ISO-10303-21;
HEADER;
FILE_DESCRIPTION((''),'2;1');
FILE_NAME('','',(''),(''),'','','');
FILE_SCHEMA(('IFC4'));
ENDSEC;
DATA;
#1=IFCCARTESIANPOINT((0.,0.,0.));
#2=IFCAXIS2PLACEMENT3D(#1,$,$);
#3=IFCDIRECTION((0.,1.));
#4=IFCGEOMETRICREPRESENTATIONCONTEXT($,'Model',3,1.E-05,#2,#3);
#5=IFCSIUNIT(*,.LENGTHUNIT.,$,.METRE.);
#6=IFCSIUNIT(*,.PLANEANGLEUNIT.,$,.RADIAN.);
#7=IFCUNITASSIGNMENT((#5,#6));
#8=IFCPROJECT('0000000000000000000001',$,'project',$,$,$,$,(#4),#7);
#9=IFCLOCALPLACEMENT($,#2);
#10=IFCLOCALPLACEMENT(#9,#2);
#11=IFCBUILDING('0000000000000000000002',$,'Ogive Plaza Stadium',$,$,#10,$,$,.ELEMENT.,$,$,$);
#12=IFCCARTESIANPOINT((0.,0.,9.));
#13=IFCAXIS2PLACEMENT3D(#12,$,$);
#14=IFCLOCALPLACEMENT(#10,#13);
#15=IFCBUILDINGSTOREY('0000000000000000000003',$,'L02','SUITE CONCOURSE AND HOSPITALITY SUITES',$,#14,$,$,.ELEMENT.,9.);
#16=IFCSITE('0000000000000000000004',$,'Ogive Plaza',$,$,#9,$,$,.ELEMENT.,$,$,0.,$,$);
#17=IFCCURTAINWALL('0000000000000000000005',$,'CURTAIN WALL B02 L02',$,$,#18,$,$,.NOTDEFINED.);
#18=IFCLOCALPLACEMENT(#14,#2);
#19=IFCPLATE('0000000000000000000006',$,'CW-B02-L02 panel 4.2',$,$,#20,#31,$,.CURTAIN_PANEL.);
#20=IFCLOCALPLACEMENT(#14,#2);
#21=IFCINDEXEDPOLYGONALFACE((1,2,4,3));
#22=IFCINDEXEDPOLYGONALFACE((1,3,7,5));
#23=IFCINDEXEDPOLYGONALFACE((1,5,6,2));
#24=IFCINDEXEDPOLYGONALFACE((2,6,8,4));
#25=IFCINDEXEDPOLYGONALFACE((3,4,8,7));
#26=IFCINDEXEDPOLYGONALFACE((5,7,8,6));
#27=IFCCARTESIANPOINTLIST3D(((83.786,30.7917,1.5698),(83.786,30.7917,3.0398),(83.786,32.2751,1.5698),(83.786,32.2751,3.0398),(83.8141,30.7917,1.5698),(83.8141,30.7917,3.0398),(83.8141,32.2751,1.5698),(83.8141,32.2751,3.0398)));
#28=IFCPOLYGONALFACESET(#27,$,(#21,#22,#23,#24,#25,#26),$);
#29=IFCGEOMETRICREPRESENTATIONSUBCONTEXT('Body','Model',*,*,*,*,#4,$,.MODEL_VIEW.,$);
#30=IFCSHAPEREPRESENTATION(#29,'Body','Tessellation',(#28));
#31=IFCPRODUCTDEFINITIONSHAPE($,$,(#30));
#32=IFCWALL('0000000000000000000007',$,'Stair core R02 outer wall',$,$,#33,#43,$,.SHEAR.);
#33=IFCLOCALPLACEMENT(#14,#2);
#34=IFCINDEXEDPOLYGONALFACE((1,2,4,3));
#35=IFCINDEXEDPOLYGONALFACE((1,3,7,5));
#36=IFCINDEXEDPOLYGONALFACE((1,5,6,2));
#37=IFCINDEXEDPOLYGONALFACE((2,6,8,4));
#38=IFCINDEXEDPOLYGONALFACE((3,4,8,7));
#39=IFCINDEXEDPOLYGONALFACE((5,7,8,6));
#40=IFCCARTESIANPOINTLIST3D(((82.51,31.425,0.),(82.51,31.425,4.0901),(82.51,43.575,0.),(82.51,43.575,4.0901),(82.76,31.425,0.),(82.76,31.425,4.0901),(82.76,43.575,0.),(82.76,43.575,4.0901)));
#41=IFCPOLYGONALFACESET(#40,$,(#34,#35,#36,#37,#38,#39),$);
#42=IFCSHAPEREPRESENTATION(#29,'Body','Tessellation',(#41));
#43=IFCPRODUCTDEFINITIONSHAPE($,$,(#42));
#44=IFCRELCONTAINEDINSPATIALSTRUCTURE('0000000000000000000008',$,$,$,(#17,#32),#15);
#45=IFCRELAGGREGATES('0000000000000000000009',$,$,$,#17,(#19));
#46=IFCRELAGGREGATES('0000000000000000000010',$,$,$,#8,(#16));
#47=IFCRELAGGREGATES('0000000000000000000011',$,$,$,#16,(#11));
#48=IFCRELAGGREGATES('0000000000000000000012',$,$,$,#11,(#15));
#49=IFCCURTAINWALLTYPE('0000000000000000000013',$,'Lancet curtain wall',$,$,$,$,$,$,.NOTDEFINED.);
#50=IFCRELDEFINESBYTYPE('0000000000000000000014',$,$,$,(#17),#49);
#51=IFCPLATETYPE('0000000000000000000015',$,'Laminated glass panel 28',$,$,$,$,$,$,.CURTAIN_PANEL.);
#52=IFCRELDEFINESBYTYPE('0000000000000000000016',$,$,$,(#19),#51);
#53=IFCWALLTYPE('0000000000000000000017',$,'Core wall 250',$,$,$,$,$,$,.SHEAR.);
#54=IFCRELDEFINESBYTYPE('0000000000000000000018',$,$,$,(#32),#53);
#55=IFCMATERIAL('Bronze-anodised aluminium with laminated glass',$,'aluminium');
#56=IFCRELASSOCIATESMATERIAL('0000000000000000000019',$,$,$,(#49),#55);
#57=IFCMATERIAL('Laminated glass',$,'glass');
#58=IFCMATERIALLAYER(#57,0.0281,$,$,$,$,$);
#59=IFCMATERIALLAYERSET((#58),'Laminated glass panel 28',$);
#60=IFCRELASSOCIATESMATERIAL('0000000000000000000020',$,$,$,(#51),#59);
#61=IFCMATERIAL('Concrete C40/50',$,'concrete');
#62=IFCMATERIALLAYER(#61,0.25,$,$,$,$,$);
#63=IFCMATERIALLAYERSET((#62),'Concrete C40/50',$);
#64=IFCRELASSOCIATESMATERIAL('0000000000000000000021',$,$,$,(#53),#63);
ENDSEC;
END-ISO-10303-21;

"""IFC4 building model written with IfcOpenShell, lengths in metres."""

from ifc_helpers import new_model, si_unit, direction, frame, frame_2d, origin, origin_2d, place, context, subcontext, project, spatial, rectangle, extrude, material, layer, layer_set, type_object, element, aggregate, save


model = new_model("IFC4")

# Units and contexts
model_context = context("Model", 3, precision=1e-05, world=origin(), true_north=direction((0.0, 1.0)))
body_context = subcontext(model_context, "Body", "Model", "MODEL_VIEW")
ifc_project = project(units=[si_unit("LENGTHUNIT", "METRE"), si_unit("PLANEANGLEUNIT", "RADIAN")], contexts=[model_context])

# Site, building, storey
site_placement = place(None, origin())
site = spatial("IfcSite", under=ifc_project, at=site_placement, Name="Ogive Plaza", CompositionType="ELEMENT", RefElevation=0.0)
building_placement = place(site_placement, origin())
building = spatial("IfcBuilding", under=site, at=building_placement, Name="Ogive Plaza Stadium", CompositionType="ELEMENT")
storey_placement = place(building_placement, frame((0.0, 0.0, 9.0)))
storey = spatial("IfcBuildingStorey", under=building, at=storey_placement, Name="L02", Description="SUITE CONCOURSE AND HOSPITALITY SUITES", CompositionType="ELEMENT", Elevation=9.0)

# Shared definitions
ifc_material_1 = material(Name="Bronze-anodised aluminium with laminated glass", Category="aluminium")
curtain_wall_type = type_object("IfcCurtainWallType", Name="Lancet curtain wall", PredefinedType="NOTDEFINED", material=ifc_material_1)

# Curtain wall
curtain_wall_1_placement = place(storey_placement, origin())
curtain_wall_1 = element("IfcCurtainWall", 1, at=curtain_wall_1_placement, inside=storey, type_object=curtain_wall_type, Name="CURTAIN WALL B02 L02", PredefinedType="NOTDEFINED")

# Plate
ifc_material_2 = material(Name="Laminated glass", Category="glass")
ifc_layer_1 = layer(ifc_material_2, 0.0281)
ifc_layer_set_1 = layer_set([ifc_layer_1], Name="Laminated glass panel 28")
plate_type = type_object("IfcPlateType", Name="Laminated glass panel 28", PredefinedType="CURTAIN_PANEL", material=ifc_layer_set_1)
plate_1_placement = place(storey_placement, frame((83.8, 31.5334, 1.5698), z_axis=(0.0, 0.0, 1.0), x_axis=(0.0, -1.0, 0.0)))
plate_1 = element("IfcPlate", 2, at=plate_1_placement, type_object=plate_type, Name="CW-B02-L02 panel 4.2", PredefinedType="CURTAIN_PANEL", context=body_context, shape_type="SweptSolid", body=[
    extrude(rectangle(XDim=1.4834, YDim=0.0281, at=origin_2d()), origin(), (0.0, 0.0, 1.0), 1.47),
])
aggregate(curtain_wall_1, [plate_1])

# Wall
ifc_material_3 = material(Name="Concrete C40/50", Category="concrete")
ifc_layer_2 = layer(ifc_material_3, 0.25)
ifc_layer_set_2 = layer_set([ifc_layer_2], Name="Concrete C40/50")
wall_type = type_object("IfcWallType", Name="Core wall 250", PredefinedType="SHEAR", material=ifc_layer_set_2)
wall_placement = place(storey_placement, frame((82.635, 31.425, 0.0), z_axis=(0.0, 0.0, 1.0), x_axis=(0.0, 1.0, 0.0)))
element("IfcWall", 3, at=wall_placement, inside=storey, type_object=wall_type, Name="Stair core R02 outer wall", PredefinedType="SHEAR", context=body_context, shape_type="SweptSolid", body=[
    extrude(rectangle(XDim=12.1499, YDim=0.25, at=frame_2d((6.075, 0.0))), origin(), (0.0, 0.0, 1.0), 4.0901),
])

save(model, "model.ifc")
